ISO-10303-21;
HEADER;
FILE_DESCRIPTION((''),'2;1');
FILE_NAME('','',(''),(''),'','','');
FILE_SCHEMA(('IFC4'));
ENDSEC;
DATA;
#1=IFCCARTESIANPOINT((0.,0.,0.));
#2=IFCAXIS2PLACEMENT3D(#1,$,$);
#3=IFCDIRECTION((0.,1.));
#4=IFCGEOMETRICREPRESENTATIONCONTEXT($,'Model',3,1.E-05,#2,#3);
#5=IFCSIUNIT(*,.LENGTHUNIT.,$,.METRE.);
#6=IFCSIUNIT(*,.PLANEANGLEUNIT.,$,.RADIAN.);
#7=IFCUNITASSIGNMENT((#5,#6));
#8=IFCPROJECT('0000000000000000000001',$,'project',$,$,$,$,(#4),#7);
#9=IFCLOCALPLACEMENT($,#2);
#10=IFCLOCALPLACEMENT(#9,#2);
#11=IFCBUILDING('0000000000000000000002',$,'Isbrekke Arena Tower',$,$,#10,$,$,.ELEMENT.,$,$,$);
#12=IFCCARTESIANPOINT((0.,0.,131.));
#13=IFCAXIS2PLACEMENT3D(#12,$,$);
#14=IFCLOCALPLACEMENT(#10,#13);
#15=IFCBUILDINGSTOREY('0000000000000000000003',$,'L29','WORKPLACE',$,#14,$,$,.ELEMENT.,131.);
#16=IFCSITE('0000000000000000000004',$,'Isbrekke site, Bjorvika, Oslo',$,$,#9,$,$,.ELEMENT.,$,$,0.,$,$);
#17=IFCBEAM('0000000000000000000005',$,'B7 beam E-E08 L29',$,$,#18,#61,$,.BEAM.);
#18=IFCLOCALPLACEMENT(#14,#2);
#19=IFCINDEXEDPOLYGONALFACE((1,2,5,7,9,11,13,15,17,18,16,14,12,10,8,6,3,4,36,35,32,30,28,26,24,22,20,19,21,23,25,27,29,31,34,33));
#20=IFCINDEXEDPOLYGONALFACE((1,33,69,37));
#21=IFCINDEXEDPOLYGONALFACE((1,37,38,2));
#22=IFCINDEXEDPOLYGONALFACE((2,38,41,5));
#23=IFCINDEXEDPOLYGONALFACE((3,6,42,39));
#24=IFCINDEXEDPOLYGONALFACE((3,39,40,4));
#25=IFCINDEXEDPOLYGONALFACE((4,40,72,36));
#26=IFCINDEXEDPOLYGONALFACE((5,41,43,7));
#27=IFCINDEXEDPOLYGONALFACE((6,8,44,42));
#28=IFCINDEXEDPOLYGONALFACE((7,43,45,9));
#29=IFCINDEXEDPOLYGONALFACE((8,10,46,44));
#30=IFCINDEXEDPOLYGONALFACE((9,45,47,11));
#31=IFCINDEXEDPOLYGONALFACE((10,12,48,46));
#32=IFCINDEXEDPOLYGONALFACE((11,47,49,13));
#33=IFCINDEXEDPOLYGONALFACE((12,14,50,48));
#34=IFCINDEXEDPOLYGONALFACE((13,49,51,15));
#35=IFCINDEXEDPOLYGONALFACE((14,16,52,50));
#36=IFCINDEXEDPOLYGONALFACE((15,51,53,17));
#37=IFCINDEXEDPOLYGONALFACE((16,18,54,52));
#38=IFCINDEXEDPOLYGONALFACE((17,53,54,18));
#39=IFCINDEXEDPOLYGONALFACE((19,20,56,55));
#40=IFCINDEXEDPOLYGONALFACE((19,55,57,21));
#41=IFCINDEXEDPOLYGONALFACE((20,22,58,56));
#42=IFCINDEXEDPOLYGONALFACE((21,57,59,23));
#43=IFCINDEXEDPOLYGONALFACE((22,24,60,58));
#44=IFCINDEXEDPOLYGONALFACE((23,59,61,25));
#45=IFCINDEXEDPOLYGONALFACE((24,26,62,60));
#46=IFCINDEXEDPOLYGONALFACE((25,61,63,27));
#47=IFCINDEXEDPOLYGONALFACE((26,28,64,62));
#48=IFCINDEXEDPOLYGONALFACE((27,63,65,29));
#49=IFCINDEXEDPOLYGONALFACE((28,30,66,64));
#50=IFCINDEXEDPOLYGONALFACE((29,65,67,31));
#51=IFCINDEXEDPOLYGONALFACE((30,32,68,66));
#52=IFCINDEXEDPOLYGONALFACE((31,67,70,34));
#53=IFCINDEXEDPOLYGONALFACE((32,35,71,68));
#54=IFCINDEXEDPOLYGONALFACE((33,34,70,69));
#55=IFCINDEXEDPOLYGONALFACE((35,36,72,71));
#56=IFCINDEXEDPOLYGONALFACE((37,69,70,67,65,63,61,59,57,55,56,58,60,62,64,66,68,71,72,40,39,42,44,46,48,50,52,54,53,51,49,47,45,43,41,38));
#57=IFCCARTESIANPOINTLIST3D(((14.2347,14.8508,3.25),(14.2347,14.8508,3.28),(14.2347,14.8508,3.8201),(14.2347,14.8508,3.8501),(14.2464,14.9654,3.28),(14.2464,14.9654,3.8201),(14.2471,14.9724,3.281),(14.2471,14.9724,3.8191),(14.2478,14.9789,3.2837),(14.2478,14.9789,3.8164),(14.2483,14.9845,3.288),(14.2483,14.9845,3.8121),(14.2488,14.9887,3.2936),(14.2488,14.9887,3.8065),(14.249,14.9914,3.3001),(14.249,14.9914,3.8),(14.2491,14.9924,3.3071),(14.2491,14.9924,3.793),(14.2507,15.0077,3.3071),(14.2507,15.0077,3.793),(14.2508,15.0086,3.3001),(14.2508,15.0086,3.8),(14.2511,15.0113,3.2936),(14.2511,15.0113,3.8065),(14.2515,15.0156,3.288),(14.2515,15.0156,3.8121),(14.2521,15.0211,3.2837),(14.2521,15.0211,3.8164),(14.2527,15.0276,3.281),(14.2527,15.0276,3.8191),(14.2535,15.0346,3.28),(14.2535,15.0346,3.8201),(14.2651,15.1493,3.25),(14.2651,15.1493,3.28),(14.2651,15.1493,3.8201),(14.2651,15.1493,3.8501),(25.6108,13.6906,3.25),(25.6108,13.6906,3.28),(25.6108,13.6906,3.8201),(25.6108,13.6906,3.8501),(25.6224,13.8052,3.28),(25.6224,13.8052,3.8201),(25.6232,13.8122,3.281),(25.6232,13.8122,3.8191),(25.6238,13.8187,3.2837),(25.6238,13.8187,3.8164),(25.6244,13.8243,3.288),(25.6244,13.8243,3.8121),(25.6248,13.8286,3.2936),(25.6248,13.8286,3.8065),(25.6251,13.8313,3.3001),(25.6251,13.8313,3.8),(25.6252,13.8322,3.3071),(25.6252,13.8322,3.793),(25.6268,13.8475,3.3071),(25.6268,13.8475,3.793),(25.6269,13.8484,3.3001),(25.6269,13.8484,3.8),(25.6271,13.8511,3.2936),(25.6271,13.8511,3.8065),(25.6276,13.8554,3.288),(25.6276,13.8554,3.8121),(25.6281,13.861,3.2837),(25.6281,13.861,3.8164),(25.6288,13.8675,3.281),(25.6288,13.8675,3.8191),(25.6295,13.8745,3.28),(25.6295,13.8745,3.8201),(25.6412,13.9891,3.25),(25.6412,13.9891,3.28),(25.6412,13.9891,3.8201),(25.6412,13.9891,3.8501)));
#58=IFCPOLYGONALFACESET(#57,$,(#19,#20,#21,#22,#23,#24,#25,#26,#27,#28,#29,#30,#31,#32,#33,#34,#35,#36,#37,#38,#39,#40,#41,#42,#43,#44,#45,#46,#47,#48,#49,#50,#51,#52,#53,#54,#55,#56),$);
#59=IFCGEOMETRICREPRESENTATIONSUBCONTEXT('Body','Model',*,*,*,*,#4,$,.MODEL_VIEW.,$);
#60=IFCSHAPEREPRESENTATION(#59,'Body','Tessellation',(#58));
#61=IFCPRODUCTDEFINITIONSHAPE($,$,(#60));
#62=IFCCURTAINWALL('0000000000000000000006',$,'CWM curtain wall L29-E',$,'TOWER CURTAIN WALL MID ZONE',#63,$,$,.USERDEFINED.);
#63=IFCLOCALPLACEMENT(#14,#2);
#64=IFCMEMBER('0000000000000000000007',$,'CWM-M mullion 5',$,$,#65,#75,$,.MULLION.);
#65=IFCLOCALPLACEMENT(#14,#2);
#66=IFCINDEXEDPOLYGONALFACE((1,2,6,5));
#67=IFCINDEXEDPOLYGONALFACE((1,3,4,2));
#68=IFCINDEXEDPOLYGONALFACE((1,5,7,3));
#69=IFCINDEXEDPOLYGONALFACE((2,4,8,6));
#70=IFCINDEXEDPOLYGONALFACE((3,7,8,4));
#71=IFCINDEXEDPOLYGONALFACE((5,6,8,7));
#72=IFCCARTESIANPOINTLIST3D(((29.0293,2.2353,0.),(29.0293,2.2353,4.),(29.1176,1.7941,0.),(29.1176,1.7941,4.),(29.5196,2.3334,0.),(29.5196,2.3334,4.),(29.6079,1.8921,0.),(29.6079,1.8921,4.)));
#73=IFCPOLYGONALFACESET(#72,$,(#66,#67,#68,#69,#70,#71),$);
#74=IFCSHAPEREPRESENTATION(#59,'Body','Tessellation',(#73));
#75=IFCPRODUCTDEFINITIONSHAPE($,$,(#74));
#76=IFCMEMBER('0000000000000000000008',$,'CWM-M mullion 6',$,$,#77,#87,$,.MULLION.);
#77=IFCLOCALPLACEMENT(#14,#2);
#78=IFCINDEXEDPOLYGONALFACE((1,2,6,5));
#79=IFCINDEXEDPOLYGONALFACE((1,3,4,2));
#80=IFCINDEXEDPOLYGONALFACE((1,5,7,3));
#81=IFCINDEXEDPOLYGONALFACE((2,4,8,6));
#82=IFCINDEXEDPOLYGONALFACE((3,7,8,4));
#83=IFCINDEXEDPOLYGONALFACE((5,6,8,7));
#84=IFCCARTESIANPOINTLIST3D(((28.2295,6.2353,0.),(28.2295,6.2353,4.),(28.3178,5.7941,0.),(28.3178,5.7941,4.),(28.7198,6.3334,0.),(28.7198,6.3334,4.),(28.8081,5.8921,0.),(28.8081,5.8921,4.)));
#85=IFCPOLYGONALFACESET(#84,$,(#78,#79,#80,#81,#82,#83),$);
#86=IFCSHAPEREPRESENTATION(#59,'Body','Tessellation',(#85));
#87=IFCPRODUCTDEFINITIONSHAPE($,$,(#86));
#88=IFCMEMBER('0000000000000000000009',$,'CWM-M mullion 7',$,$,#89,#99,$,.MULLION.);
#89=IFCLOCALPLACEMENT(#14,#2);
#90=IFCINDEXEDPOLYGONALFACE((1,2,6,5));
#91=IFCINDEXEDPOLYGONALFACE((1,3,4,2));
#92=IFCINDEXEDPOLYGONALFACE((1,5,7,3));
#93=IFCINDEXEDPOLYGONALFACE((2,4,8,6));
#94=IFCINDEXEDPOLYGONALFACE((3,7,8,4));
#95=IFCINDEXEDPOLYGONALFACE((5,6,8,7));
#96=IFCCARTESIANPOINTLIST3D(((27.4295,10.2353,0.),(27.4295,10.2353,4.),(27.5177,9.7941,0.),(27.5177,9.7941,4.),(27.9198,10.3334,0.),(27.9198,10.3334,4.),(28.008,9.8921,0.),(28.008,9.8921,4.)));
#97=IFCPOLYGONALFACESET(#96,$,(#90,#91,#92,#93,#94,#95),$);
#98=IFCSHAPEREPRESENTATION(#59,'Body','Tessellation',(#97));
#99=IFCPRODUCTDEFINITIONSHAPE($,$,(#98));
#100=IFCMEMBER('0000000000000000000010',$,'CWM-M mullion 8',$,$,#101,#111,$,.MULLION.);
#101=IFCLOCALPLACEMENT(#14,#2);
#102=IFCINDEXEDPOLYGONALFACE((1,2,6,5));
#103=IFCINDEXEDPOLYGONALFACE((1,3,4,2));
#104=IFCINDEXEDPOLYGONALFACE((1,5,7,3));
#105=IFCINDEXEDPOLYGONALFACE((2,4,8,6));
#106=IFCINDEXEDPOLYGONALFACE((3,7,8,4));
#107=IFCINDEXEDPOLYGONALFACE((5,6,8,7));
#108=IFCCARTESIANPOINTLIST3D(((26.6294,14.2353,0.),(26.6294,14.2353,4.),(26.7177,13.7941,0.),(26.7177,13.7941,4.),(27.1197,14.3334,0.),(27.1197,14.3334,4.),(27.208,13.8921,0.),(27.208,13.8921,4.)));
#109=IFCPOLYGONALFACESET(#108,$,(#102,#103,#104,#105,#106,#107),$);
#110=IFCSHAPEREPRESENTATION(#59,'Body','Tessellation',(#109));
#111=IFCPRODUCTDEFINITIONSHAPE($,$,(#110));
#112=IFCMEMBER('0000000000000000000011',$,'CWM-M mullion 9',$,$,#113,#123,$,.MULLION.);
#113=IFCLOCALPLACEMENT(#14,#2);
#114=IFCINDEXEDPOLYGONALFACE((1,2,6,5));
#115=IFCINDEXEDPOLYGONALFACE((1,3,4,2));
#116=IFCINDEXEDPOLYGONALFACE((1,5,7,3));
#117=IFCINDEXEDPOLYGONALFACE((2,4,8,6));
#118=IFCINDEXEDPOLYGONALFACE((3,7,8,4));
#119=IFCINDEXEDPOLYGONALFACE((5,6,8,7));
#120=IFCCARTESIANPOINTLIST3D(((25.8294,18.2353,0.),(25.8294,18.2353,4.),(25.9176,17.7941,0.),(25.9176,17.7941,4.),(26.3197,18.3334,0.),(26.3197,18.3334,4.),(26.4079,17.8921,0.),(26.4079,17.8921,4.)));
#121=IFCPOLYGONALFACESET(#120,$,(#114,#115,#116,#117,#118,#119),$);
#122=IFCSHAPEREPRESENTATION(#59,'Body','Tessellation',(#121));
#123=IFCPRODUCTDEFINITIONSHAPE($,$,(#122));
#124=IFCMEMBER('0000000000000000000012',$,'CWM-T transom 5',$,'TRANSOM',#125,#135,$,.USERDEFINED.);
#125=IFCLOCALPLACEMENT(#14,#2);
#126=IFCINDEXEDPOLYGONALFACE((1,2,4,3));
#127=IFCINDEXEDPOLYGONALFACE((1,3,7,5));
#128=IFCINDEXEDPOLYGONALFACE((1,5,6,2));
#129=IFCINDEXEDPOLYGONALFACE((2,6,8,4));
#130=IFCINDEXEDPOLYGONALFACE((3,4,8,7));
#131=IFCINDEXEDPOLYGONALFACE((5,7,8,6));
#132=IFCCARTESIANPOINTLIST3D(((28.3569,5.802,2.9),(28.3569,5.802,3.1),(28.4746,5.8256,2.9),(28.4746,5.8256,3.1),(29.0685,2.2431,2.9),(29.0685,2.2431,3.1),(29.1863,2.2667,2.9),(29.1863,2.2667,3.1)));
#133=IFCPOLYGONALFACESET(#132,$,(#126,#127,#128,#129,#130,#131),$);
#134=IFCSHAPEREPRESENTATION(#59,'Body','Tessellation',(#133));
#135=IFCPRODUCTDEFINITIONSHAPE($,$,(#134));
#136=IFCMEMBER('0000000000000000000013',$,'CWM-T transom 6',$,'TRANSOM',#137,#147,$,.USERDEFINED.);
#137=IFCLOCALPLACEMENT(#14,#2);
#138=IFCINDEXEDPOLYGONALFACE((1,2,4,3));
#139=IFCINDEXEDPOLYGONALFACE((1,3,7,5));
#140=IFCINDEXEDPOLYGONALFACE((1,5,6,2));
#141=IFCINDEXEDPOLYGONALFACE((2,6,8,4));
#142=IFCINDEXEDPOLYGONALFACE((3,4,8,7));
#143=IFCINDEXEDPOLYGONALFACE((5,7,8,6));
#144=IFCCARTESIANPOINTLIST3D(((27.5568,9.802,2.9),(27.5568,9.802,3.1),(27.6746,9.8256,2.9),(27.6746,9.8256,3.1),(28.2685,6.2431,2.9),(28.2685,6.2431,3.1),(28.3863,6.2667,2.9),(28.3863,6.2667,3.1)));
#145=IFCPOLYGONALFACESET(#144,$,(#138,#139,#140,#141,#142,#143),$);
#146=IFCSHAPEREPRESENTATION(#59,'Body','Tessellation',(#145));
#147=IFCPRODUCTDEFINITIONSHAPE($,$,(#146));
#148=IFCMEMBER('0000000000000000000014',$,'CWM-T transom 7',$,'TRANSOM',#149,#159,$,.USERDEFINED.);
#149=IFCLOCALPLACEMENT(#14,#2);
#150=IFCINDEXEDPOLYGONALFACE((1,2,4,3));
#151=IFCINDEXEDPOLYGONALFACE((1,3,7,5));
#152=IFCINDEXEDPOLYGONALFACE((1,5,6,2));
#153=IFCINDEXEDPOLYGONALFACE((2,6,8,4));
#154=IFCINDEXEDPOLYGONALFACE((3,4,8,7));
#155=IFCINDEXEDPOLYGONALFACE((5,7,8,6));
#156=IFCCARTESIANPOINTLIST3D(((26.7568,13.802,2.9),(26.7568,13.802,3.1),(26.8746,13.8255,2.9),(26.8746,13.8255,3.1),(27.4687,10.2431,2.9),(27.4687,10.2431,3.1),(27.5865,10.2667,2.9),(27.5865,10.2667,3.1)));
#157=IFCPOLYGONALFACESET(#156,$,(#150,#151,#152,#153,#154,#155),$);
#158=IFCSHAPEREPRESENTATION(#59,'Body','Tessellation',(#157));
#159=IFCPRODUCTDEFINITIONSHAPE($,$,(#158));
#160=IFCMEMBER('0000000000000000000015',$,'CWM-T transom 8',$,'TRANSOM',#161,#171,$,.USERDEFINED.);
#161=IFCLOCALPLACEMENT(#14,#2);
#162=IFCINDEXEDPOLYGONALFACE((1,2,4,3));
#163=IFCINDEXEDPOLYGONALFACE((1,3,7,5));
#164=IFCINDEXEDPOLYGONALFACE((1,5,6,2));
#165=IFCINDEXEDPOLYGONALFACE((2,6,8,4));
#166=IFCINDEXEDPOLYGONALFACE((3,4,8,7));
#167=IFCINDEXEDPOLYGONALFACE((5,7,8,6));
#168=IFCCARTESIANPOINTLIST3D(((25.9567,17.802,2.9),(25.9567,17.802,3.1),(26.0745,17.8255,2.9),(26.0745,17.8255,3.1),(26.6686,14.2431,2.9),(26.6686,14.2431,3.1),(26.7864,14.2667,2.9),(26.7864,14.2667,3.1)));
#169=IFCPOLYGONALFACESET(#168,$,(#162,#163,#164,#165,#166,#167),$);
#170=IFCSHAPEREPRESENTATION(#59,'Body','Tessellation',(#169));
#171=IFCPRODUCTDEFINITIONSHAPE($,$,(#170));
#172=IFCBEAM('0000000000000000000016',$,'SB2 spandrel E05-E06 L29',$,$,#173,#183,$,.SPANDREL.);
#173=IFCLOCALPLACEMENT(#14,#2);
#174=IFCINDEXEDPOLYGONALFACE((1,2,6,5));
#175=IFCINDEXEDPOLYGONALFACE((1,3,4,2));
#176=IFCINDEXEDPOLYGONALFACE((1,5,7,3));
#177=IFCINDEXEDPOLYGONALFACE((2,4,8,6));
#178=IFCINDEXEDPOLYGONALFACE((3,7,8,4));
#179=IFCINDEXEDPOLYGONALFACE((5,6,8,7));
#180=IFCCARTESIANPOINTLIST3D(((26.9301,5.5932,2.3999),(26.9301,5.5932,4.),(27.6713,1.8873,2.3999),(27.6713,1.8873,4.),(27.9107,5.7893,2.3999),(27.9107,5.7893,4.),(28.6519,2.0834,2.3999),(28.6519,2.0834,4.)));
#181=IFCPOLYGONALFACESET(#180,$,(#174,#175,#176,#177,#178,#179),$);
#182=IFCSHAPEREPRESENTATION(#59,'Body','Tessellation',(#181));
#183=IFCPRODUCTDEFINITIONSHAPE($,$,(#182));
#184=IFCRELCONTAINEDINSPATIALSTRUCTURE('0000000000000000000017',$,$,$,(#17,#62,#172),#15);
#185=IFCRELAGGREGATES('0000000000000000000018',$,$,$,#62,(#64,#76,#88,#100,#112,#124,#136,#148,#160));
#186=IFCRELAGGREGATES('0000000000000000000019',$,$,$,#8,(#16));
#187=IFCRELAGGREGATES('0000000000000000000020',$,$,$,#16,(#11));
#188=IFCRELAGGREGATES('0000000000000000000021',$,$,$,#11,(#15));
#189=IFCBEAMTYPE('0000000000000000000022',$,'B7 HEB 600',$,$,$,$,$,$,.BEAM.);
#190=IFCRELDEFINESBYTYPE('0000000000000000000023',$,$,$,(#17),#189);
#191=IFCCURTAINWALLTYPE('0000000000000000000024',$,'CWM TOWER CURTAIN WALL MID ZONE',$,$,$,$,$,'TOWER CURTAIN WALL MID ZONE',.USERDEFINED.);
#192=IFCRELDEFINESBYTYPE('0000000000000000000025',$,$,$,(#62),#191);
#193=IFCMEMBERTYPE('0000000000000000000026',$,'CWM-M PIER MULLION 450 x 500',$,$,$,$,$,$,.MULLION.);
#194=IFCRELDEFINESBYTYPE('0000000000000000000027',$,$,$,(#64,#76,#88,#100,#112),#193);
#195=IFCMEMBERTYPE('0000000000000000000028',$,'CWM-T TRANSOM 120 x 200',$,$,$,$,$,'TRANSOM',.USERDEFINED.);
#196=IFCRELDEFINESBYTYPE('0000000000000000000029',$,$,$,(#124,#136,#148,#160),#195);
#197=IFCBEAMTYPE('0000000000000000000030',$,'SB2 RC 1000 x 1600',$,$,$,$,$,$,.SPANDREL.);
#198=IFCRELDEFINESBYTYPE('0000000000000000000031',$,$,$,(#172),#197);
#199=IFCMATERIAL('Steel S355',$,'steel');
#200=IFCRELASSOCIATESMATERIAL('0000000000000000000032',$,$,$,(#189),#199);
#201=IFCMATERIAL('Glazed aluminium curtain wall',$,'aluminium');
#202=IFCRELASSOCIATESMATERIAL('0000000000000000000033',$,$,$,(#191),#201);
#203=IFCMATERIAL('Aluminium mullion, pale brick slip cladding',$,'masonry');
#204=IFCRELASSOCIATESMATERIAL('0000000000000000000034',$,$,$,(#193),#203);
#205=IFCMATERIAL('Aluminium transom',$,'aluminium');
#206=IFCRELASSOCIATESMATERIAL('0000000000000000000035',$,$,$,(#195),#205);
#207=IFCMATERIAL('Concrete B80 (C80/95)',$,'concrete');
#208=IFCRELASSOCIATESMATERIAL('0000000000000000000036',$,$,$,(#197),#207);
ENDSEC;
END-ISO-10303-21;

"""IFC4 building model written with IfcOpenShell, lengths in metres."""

from ifc_helpers import new_model, si_unit, direction, frame, origin, origin_2d, place, context, subcontext, project, spatial, rectangle, i_section, extrude, material, material_profile, profile_set, type_object, element, aggregate, save


model = new_model("IFC4")

# Units and contexts
model_context = context("Model", 3, precision=1e-05, world=origin(), true_north=direction((0.0, 1.0)))
body_context = subcontext(model_context, "Body", "Model", "MODEL_VIEW")
ifc_project = project(units=[si_unit("LENGTHUNIT", "METRE"), si_unit("PLANEANGLEUNIT", "RADIAN")], contexts=[model_context])

# Site, building, storey
site_placement = place(None, origin())
site = spatial("IfcSite", under=ifc_project, at=site_placement, Name="Isbrekke site, Bjorvika, Oslo", CompositionType="ELEMENT", RefElevation=0.0)
building_placement = place(site_placement, origin())
building = spatial("IfcBuilding", under=site, at=building_placement, Name="Isbrekke Arena Tower", CompositionType="ELEMENT")
storey_placement = place(building_placement, frame((0.0, 0.0, 131.0)))
storey = spatial("IfcBuildingStorey", under=building, at=storey_placement, Name="L29", Description="WORKPLACE", CompositionType="ELEMENT", Elevation=131.0)

# Beam
ifc_material_1 = material(Name="Steel S355", Category="steel")
ifc_material_profile_1 = material_profile(ifc_material_1, i_section(OverallWidth=0.3, OverallDepth=0.6001, WebThickness=0.0154, FlangeThickness=0.03, FilletRadius=0.0271, at=origin_2d()), Name="HEB 600")
ifc_profile_set_1 = profile_set([ifc_material_profile_1], Name="Steel S355")
beam_type_1 = type_object("IfcBeamType", Name="B7 HEB 600", PredefinedType="BEAM", material=ifc_profile_set_1)
beam_1_placement = place(storey_placement, frame((25.626, 13.8398, 3.55), z_axis=(-0.99484, 0.101457, 0.0), x_axis=(-0.101457, -0.99484, 0.0)))
element("IfcBeam", 1, at=beam_1_placement, inside=storey, type_object=beam_type_1, Name="B7 beam E-E08 L29", PredefinedType="BEAM", context=body_context, shape_type="SweptSolid", body=[
    extrude(i_section(OverallWidth=0.3, OverallDepth=0.6001, WebThickness=0.0154, FlangeThickness=0.03, FilletRadius=0.0271, at=origin_2d()), origin(), (0.0, 0.0, 1.0), 11.4351),
])

# Curtain wall, members
ifc_material_2 = material(Name="Glazed aluminium curtain wall", Category="aluminium")
curtain_wall_type = type_object("IfcCurtainWallType", Name="CWM TOWER CURTAIN WALL MID ZONE", ElementType="TOWER CURTAIN WALL MID ZONE", PredefinedType="USERDEFINED", material=ifc_material_2)
curtain_wall_placement = place(storey_placement, origin())
curtain_wall = element("IfcCurtainWall", 2, at=curtain_wall_placement, inside=storey, type_object=curtain_wall_type, Name="CWM curtain wall L29-E", ObjectType="TOWER CURTAIN WALL MID ZONE", PredefinedType="USERDEFINED")
ifc_material_3 = material(Name="Aluminium mullion, pale brick slip cladding", Category="masonry")
ifc_material_profile_2 = material_profile(ifc_material_3, rectangle(XDim=0.45, YDim=0.5, at=origin_2d()), Name="PIER 450X500")
ifc_profile_set_2 = profile_set([ifc_material_profile_2], Name="Aluminium mullion, pale brick slip cladding")
member_type_1 = type_object("IfcMemberType", Name="CWM-M PIER MULLION 450 x 500", PredefinedType="MULLION", material=ifc_profile_set_2)
member_1_placement = place(storey_placement, frame((29.3186, 2.0637, 0.0), z_axis=(0.0, 0.0, 1.0), x_axis=(-0.196116, 0.980581, 0.0)))
member_1 = element("IfcMember", 3, at=member_1_placement, type_object=member_type_1, Name="CWM-M mullion 5", PredefinedType="MULLION", context=body_context, shape_type="SweptSolid", body=[
    extrude(rectangle(XDim=0.45, YDim=0.5, at=origin_2d()), origin(), (0.0, 0.0, 1.0), 4.0),
])
member_2_placement = place(storey_placement, frame((28.5188, 6.0637, 0.0), z_axis=(0.0, 0.0, 1.0), x_axis=(-0.196116, 0.980581, 0.0)))
member_2 = element("IfcMember", 4, at=member_2_placement, type_object=member_type_1, Name="CWM-M mullion 6", PredefinedType="MULLION", context=body_context, shape_type="SweptSolid", body=[
    extrude(rectangle(XDim=0.45, YDim=0.5, at=origin_2d()), origin(), (0.0, 0.0, 1.0), 4.0),
])
member_3_placement = place(storey_placement, frame((27.7188, 10.0637, 0.0), z_axis=(0.0, 0.0, 1.0), x_axis=(-0.196116, 0.980581, 0.0)))
member_3 = element("IfcMember", 5, at=member_3_placement, type_object=member_type_1, Name="CWM-M mullion 7", PredefinedType="MULLION", context=body_context, shape_type="SweptSolid", body=[
    extrude(rectangle(XDim=0.45, YDim=0.5, at=origin_2d()), origin(), (0.0, 0.0, 1.0), 4.0),
])
member_4_placement = place(storey_placement, frame((26.9187, 14.0637, 0.0), z_axis=(0.0, 0.0, 1.0), x_axis=(-0.196116, 0.980581, 0.0)))
member_4 = element("IfcMember", 6, at=member_4_placement, type_object=member_type_1, Name="CWM-M mullion 8", PredefinedType="MULLION", context=body_context, shape_type="SweptSolid", body=[
    extrude(rectangle(XDim=0.45, YDim=0.5, at=origin_2d()), origin(), (0.0, 0.0, 1.0), 4.0),
])
member_5_placement = place(storey_placement, frame((26.1187, 18.0637, 0.0), z_axis=(0.0, 0.0, 1.0), x_axis=(-0.196116, 0.980581, 0.0)))
member_5 = element("IfcMember", 7, at=member_5_placement, type_object=member_type_1, Name="CWM-M mullion 9", PredefinedType="MULLION", context=body_context, shape_type="SweptSolid", body=[
    extrude(rectangle(XDim=0.45, YDim=0.5, at=origin_2d()), origin(), (0.0, 0.0, 1.0), 4.0),
])
ifc_material_4 = material(Name="Aluminium transom", Category="aluminium")
ifc_material_profile_3 = material_profile(ifc_material_4, rectangle(XDim=0.1201, YDim=0.2, at=origin_2d()), Name="TRANSOM 120X200")
ifc_profile_set_3 = profile_set([ifc_material_profile_3], Name="Aluminium transom")
member_type_2 = type_object("IfcMemberType", Name="CWM-T TRANSOM 120 x 200", ElementType="TRANSOM", PredefinedType="USERDEFINED", material=ifc_profile_set_3)
member_6_placement = place(storey_placement, frame((29.1274, 2.2549, 3.0), z_axis=(-0.19609, 0.980586, 0.0), x_axis=(-0.980586, -0.19609, 0.0)))
member_6 = element("IfcMember", 8, at=member_6_placement, type_object=member_type_2, Name="CWM-T transom 5", ObjectType="TRANSOM", PredefinedType="USERDEFINED", context=body_context, shape_type="SweptSolid", body=[
    extrude(rectangle(XDim=0.1201, YDim=0.2, at=origin_2d()), origin(), (0.0, 0.0, 1.0), 3.6294),
])
member_7_placement = place(storey_placement, frame((28.3274, 6.2549, 3.0), z_axis=(-0.19609, 0.980586, 0.0), x_axis=(-0.980586, -0.19609, 0.0)))
member_7 = element("IfcMember", 9, at=member_7_placement, type_object=member_type_2, Name="CWM-T transom 6", ObjectType="TRANSOM", PredefinedType="USERDEFINED", context=body_context, shape_type="SweptSolid", body=[
    extrude(rectangle(XDim=0.1201, YDim=0.2, at=origin_2d()), origin(), (0.0, 0.0, 1.0), 3.6294),
])
member_8_placement = place(storey_placement, frame((27.5276, 10.2549, 3.0), z_axis=(-0.196155, 0.980573, 0.0), x_axis=(-0.980573, -0.196155, 0.0)))
member_8 = element("IfcMember", 10, at=member_8_placement, type_object=member_type_2, Name="CWM-T transom 7", ObjectType="TRANSOM", PredefinedType="USERDEFINED", context=body_context, shape_type="SweptSolid", body=[
    extrude(rectangle(XDim=0.1201, YDim=0.2, at=origin_2d()), origin(), (0.0, 0.0, 1.0), 3.6294),
])
member_9_placement = place(storey_placement, frame((26.7275, 14.2549, 3.0), z_axis=(-0.196155, 0.980573, 0.0), x_axis=(-0.980573, -0.196155, 0.0)))
member_9 = element("IfcMember", 11, at=member_9_placement, type_object=member_type_2, Name="CWM-T transom 8", ObjectType="TRANSOM", PredefinedType="USERDEFINED", context=body_context, shape_type="SweptSolid", body=[
    extrude(rectangle(XDim=0.1201, YDim=0.2, at=origin_2d()), origin(), (0.0, 0.0, 1.0), 3.6294),
])

# Beam
ifc_material_5 = material(Name="Concrete B80 (C80/95)", Category="concrete")
ifc_material_profile_4 = material_profile(ifc_material_5, rectangle(XDim=1.0, YDim=1.6001, at=origin_2d()), Name="RC 1000x1600")
ifc_profile_set_4 = profile_set([ifc_material_profile_4], Name="Concrete B80 (C80/95)")
beam_type_2 = type_object("IfcBeamType", Name="SB2 RC 1000 x 1600", PredefinedType="SPANDREL", material=ifc_profile_set_4)
for number, where, z_axis, x_axis, name in (
    (12, (28.1616, 1.9854, 3.2), (-0.196129, 0.980578, 0.0), (-0.980578, -0.196129, 0.0), "SB2 spandrel E05-E06 L29"),
):
    element("IfcBeam", number, at=place(storey_placement, frame(where, z_axis=z_axis, x_axis=x_axis)), inside=storey, type_object=beam_type_2, Name=name, PredefinedType="SPANDREL", context=body_context, shape_type="SweptSolid", body=[
        extrude(rectangle(XDim=1.0, YDim=1.6001, at=origin_2d()), origin(), (0.0, 0.0, 1.0), 3.7793),
    ])

aggregate(curtain_wall, [member_1, member_2, member_3, member_4, member_5, member_6, member_7, member_8, member_9])

save(model, "model.ifc")
